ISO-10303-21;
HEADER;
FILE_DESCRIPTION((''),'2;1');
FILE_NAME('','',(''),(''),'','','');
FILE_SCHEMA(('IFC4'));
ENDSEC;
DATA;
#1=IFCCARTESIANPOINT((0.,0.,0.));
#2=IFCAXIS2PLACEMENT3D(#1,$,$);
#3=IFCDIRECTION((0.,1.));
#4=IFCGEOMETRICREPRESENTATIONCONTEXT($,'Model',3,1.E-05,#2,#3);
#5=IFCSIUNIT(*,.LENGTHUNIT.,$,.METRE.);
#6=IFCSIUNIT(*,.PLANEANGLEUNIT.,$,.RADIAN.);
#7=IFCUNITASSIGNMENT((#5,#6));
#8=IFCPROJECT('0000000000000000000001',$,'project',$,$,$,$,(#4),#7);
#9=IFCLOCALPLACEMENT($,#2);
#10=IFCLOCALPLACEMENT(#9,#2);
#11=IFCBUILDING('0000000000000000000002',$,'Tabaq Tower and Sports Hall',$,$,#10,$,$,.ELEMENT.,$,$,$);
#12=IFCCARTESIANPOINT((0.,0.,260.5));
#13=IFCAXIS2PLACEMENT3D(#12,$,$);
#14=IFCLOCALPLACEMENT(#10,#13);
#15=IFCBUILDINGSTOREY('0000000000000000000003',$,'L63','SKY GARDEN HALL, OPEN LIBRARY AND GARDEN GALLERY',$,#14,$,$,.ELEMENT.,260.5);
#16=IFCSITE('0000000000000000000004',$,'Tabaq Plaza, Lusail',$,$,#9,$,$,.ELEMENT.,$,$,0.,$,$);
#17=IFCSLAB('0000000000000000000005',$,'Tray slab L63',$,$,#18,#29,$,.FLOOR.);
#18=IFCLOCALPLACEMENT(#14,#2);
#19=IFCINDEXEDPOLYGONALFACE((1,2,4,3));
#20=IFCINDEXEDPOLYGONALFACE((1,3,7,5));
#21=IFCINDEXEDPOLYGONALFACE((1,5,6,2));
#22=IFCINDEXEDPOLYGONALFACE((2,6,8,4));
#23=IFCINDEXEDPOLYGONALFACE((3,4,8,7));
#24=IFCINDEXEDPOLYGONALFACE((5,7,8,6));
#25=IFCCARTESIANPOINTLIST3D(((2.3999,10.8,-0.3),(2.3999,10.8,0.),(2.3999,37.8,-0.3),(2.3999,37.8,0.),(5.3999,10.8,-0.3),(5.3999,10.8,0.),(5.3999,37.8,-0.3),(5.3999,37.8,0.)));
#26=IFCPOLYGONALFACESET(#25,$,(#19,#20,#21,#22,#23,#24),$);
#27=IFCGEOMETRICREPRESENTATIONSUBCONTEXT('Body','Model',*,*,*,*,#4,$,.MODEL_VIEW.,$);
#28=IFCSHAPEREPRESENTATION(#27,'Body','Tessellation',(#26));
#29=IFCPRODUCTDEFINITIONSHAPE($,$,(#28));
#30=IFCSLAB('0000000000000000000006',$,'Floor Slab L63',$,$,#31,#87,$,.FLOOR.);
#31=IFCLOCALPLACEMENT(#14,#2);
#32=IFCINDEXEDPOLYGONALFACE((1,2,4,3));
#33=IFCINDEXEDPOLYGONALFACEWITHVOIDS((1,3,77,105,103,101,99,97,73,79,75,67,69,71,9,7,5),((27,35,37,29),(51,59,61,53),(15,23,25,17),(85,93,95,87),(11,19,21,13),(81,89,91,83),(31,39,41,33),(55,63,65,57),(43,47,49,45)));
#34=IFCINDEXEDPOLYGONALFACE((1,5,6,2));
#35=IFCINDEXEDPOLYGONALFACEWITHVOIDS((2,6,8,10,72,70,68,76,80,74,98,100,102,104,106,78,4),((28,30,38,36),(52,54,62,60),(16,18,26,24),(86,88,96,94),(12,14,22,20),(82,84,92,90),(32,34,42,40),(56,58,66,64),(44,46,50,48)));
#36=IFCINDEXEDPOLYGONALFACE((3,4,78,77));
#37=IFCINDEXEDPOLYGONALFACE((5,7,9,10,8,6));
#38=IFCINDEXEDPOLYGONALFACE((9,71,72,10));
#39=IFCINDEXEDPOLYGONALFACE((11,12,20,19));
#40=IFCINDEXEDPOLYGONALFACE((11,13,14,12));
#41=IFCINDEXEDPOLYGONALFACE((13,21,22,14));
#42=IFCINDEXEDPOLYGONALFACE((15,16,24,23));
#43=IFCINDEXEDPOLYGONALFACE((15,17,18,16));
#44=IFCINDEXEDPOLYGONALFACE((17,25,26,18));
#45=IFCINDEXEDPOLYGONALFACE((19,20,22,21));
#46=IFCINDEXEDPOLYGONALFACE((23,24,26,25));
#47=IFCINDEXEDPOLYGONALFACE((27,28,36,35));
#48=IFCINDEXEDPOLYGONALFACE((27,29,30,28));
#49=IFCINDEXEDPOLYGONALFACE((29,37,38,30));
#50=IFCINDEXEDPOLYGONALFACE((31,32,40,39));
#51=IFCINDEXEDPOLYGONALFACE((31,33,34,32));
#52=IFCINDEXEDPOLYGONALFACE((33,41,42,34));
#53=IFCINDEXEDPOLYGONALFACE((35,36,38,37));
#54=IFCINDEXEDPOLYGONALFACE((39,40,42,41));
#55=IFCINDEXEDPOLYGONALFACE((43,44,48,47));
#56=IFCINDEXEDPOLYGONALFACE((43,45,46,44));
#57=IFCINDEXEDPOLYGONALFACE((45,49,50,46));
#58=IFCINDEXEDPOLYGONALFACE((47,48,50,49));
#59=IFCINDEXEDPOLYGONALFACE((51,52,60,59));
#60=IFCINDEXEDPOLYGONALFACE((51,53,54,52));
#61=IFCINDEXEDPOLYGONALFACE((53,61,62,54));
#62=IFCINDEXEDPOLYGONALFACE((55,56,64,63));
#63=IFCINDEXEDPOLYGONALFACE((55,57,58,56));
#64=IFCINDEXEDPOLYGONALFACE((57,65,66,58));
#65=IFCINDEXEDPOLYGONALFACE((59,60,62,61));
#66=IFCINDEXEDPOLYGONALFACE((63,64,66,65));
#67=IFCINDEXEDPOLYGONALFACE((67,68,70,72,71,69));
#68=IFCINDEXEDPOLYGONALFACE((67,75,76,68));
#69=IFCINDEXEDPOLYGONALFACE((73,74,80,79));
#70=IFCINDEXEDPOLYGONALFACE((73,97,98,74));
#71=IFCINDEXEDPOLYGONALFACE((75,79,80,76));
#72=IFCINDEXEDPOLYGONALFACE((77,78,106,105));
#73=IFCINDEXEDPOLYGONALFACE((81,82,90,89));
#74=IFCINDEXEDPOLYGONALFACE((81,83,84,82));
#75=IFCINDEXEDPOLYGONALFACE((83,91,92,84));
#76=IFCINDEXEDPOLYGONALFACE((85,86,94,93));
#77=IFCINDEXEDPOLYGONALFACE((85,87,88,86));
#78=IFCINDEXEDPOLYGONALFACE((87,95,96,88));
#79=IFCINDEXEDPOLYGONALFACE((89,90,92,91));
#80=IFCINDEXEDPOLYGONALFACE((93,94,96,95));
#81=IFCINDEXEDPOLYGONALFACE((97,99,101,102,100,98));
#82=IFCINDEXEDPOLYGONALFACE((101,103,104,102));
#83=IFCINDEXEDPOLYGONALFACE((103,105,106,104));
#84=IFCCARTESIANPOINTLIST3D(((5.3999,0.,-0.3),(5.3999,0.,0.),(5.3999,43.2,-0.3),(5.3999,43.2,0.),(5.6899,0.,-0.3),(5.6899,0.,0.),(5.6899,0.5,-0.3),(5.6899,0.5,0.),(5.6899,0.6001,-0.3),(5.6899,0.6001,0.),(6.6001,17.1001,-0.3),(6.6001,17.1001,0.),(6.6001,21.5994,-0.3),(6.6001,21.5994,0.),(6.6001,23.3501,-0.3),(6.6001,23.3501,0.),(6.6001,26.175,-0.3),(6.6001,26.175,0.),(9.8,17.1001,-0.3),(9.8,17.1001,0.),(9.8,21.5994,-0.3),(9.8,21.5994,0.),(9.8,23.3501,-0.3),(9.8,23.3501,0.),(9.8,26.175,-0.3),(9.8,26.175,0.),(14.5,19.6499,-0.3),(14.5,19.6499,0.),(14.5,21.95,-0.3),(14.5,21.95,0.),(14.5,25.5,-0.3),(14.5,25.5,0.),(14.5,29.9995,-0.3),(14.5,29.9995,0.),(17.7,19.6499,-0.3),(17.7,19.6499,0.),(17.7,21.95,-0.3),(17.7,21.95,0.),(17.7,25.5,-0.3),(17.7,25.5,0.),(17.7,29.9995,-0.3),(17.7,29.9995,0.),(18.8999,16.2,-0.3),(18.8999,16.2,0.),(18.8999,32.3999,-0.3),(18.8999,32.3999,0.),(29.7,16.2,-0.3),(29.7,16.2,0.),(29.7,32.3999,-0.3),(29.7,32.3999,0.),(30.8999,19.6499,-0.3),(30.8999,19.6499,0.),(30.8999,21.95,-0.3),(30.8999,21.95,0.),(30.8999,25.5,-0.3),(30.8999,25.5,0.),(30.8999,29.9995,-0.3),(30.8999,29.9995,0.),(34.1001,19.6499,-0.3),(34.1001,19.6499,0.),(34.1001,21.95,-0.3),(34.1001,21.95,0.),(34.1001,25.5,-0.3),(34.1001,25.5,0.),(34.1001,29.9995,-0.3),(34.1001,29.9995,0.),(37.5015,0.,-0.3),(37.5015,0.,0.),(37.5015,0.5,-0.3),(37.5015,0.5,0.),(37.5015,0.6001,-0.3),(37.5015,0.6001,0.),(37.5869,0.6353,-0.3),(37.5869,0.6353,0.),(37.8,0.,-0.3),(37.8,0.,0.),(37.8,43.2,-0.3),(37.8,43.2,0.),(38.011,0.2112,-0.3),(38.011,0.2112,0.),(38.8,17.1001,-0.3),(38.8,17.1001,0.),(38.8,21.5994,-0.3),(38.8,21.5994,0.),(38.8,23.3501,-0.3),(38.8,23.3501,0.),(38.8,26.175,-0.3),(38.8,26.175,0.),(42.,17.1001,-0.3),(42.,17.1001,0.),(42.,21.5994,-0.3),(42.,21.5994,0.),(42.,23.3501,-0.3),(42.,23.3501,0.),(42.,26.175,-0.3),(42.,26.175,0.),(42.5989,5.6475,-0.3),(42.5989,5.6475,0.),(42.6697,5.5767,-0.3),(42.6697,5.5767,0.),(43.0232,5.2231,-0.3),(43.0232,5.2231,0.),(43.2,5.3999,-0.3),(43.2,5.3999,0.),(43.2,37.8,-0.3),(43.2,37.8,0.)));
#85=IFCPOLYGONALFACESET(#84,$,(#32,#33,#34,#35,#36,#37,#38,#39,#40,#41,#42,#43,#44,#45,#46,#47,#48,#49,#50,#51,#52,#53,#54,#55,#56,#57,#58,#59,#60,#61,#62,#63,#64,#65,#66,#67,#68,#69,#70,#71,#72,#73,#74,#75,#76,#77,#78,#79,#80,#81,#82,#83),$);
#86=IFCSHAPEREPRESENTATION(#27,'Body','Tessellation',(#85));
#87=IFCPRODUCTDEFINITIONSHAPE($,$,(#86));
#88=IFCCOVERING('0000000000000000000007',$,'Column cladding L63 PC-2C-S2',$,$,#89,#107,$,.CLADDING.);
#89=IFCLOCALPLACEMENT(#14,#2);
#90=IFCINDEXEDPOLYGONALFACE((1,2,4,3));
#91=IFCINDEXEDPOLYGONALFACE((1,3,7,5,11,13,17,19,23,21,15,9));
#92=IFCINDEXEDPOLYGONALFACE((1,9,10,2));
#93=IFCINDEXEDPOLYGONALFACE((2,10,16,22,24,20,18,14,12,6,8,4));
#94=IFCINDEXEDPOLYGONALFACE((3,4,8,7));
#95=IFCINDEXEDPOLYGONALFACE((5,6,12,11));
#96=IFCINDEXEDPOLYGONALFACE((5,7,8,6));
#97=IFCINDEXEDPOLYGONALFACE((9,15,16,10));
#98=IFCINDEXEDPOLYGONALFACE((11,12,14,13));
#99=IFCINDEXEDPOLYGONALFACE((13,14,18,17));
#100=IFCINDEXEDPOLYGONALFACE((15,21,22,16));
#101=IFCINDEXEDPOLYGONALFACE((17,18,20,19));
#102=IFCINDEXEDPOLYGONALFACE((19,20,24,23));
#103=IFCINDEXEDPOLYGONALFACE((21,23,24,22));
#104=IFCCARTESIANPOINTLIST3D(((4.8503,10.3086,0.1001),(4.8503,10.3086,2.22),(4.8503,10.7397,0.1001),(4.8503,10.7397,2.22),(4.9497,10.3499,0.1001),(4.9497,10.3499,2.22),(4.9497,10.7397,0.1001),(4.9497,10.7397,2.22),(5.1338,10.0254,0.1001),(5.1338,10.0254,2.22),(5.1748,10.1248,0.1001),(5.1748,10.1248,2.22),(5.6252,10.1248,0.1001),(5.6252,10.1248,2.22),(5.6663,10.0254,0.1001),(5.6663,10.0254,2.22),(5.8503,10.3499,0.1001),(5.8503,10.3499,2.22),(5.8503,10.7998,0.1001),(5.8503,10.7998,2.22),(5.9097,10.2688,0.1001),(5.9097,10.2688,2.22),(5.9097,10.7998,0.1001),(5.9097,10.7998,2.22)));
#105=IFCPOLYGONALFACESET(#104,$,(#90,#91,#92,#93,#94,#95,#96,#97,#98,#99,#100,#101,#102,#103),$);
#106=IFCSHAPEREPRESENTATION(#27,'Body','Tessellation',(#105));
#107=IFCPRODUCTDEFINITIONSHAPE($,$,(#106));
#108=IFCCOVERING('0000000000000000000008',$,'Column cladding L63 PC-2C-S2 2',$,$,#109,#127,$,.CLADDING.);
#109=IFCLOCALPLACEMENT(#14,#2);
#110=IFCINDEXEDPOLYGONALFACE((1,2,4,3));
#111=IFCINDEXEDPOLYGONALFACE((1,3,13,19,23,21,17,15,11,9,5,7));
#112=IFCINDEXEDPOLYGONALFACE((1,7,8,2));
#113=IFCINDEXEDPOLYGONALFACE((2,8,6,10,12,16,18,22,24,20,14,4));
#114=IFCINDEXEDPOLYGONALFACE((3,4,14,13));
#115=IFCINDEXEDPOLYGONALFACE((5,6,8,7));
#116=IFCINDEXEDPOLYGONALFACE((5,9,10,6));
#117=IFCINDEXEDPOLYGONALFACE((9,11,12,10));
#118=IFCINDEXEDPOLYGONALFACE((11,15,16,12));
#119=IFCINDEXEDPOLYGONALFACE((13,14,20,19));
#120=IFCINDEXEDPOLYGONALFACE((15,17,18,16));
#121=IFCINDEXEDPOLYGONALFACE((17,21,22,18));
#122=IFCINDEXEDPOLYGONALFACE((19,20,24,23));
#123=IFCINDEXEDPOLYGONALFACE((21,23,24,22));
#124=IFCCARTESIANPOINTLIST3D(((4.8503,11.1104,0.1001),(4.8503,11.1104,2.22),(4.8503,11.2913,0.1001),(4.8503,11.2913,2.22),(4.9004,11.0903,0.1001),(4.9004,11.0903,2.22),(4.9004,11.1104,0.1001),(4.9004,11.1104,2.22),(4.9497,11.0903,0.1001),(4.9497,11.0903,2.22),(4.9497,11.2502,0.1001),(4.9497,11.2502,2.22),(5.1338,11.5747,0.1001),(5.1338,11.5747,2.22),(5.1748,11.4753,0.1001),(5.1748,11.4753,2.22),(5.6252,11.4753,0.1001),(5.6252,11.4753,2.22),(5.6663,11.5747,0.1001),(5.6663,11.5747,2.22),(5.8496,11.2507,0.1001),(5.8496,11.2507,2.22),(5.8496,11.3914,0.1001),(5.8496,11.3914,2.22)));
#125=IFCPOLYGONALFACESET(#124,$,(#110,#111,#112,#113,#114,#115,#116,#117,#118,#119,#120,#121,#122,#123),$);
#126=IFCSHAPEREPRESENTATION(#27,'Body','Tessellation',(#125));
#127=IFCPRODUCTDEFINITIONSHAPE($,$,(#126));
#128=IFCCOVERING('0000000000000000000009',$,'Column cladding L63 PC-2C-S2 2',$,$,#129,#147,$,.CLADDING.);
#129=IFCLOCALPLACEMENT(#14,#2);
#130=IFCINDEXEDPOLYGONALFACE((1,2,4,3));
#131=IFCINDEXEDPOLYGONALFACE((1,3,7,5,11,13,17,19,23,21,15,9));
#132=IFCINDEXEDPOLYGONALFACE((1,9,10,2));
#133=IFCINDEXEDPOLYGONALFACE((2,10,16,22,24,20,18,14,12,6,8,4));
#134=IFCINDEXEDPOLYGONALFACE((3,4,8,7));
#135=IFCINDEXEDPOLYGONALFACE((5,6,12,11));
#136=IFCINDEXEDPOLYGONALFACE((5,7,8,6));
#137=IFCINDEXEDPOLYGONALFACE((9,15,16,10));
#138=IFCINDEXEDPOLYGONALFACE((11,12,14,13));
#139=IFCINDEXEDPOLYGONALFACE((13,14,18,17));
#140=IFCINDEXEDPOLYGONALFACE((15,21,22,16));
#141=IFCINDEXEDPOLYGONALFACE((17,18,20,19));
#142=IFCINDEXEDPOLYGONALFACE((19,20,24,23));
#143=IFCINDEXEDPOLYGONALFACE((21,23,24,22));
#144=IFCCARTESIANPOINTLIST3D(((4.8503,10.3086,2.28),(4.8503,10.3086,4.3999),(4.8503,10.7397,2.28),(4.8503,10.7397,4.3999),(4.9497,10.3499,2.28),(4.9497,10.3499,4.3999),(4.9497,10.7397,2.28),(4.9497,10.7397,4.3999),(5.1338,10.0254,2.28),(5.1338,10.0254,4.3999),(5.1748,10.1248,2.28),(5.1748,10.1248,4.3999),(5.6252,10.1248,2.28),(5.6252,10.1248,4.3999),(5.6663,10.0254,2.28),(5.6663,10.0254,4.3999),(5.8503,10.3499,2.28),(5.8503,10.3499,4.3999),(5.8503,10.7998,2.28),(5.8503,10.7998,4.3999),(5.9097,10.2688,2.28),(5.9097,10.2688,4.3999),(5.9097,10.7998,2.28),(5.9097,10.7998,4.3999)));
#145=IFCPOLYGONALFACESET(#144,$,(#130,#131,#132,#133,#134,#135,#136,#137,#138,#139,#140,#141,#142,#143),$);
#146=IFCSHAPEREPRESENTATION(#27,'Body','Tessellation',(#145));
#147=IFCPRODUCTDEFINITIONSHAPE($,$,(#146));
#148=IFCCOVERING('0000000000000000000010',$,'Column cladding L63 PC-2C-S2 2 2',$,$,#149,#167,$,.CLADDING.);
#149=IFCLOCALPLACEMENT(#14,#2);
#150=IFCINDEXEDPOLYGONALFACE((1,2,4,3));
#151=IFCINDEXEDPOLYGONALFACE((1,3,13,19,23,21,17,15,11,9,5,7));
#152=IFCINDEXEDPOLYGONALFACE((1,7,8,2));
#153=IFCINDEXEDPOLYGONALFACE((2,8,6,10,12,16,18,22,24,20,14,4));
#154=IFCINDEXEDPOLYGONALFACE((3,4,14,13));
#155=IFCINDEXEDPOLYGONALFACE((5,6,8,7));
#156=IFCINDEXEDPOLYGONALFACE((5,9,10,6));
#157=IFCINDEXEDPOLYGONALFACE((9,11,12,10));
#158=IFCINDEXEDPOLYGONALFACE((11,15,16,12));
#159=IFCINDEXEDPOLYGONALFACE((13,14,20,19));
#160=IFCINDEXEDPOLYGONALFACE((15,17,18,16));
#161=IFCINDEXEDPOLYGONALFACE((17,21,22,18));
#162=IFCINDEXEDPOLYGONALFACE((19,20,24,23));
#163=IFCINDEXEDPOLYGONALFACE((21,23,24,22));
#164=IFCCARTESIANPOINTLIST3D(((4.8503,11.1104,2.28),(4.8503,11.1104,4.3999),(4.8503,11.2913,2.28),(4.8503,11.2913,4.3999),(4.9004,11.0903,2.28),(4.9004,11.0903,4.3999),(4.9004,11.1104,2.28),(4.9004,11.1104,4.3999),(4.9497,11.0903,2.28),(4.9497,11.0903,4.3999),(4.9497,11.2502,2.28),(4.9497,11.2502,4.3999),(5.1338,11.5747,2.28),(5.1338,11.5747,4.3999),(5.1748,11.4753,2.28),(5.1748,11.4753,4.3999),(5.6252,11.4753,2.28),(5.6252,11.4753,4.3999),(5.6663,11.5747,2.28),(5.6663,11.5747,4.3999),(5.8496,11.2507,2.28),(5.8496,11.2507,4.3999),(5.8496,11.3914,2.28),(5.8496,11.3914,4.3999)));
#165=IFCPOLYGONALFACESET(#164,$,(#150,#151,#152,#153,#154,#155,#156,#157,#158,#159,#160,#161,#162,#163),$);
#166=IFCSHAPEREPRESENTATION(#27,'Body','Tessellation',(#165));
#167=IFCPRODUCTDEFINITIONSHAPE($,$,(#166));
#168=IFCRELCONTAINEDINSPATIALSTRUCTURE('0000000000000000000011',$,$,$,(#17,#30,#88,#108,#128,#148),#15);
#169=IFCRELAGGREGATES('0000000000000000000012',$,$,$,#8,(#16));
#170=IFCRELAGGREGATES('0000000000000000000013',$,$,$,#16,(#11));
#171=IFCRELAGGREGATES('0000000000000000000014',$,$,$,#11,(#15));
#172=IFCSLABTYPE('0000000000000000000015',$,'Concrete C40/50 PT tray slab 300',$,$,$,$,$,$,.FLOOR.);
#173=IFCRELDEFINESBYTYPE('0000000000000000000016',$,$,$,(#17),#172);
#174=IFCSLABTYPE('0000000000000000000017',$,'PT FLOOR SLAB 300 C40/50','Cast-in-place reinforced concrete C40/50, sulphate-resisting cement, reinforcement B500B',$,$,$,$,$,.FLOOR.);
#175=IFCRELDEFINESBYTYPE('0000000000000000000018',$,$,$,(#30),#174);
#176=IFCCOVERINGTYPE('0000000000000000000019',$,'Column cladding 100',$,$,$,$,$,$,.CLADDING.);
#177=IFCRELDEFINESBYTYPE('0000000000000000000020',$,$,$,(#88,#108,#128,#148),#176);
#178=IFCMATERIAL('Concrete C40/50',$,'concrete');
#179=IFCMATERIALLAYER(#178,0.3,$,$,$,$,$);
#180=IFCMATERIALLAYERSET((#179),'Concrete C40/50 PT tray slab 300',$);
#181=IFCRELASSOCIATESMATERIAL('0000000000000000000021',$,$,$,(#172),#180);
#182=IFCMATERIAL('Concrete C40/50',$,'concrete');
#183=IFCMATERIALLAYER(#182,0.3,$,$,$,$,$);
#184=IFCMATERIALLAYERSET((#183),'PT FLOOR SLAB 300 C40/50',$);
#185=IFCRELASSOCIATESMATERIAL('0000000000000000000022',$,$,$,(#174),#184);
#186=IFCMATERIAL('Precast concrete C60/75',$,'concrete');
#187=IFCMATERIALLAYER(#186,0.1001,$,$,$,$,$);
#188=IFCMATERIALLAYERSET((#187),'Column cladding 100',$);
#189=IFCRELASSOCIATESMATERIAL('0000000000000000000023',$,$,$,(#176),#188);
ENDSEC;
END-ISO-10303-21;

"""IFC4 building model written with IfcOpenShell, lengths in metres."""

from ifc_helpers import new_model, si_unit, direction, frame, origin, place, context, subcontext, project, spatial, polyline, outline, extrude, material, layer, layer_set, type_object, element, save


model = new_model("IFC4")

# Units and contexts
model_context = context("Model", 3, precision=1e-05, world=origin(), true_north=direction((0.0, 1.0)))
body_context = subcontext(model_context, "Body", "Model", "MODEL_VIEW")
ifc_project = project(units=[si_unit("LENGTHUNIT", "METRE"), si_unit("PLANEANGLEUNIT", "RADIAN")], contexts=[model_context])

# Site, building, storey
site_placement = place(None, origin())
site = spatial("IfcSite", under=ifc_project, at=site_placement, Name="Tabaq Plaza, Lusail", CompositionType="ELEMENT", RefElevation=0.0)
building_placement = place(site_placement, origin())
building = spatial("IfcBuilding", under=site, at=building_placement, Name="Tabaq Tower and Sports Hall", CompositionType="ELEMENT")
storey_placement = place(building_placement, frame((0.0, 0.0, 260.5)))
storey = spatial("IfcBuildingStorey", under=building, at=storey_placement, Name="L63", Description="SKY GARDEN HALL, OPEN LIBRARY AND GARDEN GALLERY", CompositionType="ELEMENT", Elevation=260.5)

# Slabs
ifc_material_1 = material(Name="Concrete C40/50", Category="concrete")
ifc_layer_1 = layer(ifc_material_1, 0.3)
ifc_layer_set_1 = layer_set([ifc_layer_1], Name="Concrete C40/50 PT tray slab 300")
slab_type_1 = type_object("IfcSlabType", Name="Concrete C40/50 PT tray slab 300", PredefinedType="FLOOR", material=ifc_layer_set_1)
slab_1_placement = place(storey_placement, frame((0.0, 0.0, -0.3)))
element("IfcSlab", 1, at=slab_1_placement, inside=storey, type_object=slab_type_1, Name="Tray slab L63", PredefinedType="FLOOR", context=body_context, shape_type="SweptSolid", body=[
    extrude(outline(polyline([(5.3999, 37.8), (5.3999, 10.8), (2.3999, 10.8), (2.3999, 37.8), (5.3999, 37.8)])), origin(), (0.0, 0.0, 1.0), 0.3),
])
ifc_material_2 = material(Name="Concrete C40/50", Category="concrete")
ifc_layer_2 = layer(ifc_material_2, 0.3)
ifc_layer_set_2 = layer_set([ifc_layer_2], Name="PT FLOOR SLAB 300 C40/50")
slab_type_2 = type_object("IfcSlabType", Name="PT FLOOR SLAB 300 C40/50", Description="Cast-in-place reinforced concrete C40/50, sulphate-resisting cement, reinforcement B500B", PredefinedType="FLOOR", material=ifc_layer_set_2)
slab_2_placement = place(storey_placement, frame((0.0, 0.0, -0.3)))
element("IfcSlab", 2, at=slab_2_placement, inside=storey, type_object=slab_type_2, Name="Floor Slab L63", PredefinedType="FLOOR", context=body_context, shape_type="SweptSolid", body=[
    extrude(outline(polyline([(43.2, 5.3999), (43.2, 37.8), (37.8, 43.2), (5.3999, 43.2), (5.3999, 0.0), (5.6899, 0.0), (5.6899, 0.5), (5.6899, 0.6001), (37.5015, 0.6001), (37.5015, 0.5), (37.5015, 0.0), (37.8, 0.0), (38.011, 0.2112), (37.5869, 0.6353), (42.5989, 5.6475), (42.6697, 5.5767), (43.0232, 5.2231), (43.2, 5.3999)]), holes=[polyline([(6.6001, 21.5994), (9.8, 21.5994), (9.8, 17.1001), (6.6001, 17.1001), (6.6001, 21.5994)]), polyline([(38.8, 21.5994), (42.0, 21.5994), (42.0, 17.1001), (38.8, 17.1001), (38.8, 21.5994)]), polyline([(14.5, 21.95), (17.7, 21.95), (17.7, 19.6499), (14.5, 19.6499), (14.5, 21.95)]), polyline([(30.8999, 21.95), (34.1001, 21.95), (34.1001, 19.6499), (30.8999, 19.6499), (30.8999, 21.95)]), polyline([(18.8999, 16.2), (18.8999, 32.3999), (29.7, 32.3999), (29.7, 16.2), (18.8999, 16.2)]), polyline([(6.6001, 26.175), (9.8, 26.175), (9.8, 23.3501), (6.6001, 23.3501), (6.6001, 26.175)]), polyline([(38.8, 26.175), (42.0, 26.175), (42.0, 23.3501), (38.8, 23.3501), (38.8, 26.175)]), polyline([(17.7, 29.9995), (17.7, 25.5), (14.5, 25.5), (14.5, 29.9995), (17.7, 29.9995)]), polyline([(34.1001, 29.9995), (34.1001, 25.5), (30.8999, 25.5), (30.8999, 29.9995), (34.1001, 29.9995)])]), origin(), (0.0, 0.0, 1.0), 0.3),
])

# Coverings
ifc_material_3 = material(Name="Precast concrete C60/75", Category="concrete")
ifc_layer_3 = layer(ifc_material_3, 0.1001)
ifc_layer_set_3 = layer_set([ifc_layer_3], Name="Column cladding 100")
covering_type = type_object("IfcCoveringType", Name="Column cladding 100", PredefinedType="CLADDING", material=ifc_layer_set_3)
covering_1_placement = place(storey_placement, frame((0.0, 0.0, 0.1001)))
element("IfcCovering", 3, at=covering_1_placement, inside=storey, type_object=covering_type, Name="Column cladding L63 PC-2C-S2", PredefinedType="CLADDING", context=body_context, shape_type="SweptSolid", body=[
    extrude(outline(polyline([(5.1338, 10.0254), (4.8503, 10.3086), (4.8503, 10.7397), (4.9497, 10.7397), (4.9497, 10.3499), (5.1748, 10.1248), (5.6252, 10.1248), (5.8503, 10.3499), (5.8503, 10.7998), (5.9097, 10.7998), (5.9097, 10.2688), (5.6663, 10.0254), (5.1338, 10.0254)])), origin(), (0.0, 0.0, 1.0), 2.1199),
])
covering_2_placement = place(storey_placement, frame((0.0, 0.0, 0.1001)))
element("IfcCovering", 4, at=covering_2_placement, inside=storey, type_object=covering_type, Name="Column cladding L63 PC-2C-S2 2", PredefinedType="CLADDING", context=body_context, shape_type="SweptSolid", body=[
    extrude(outline(polyline([(4.8503, 11.2913), (5.1338, 11.5747), (5.6663, 11.5747), (5.8496, 11.3914), (5.8496, 11.2507), (5.6252, 11.4753), (5.1748, 11.4753), (4.9497, 11.2502), (4.9497, 11.0903), (4.9004, 11.0903), (4.9004, 11.1104), (4.8503, 11.1104), (4.8503, 11.2913)])), origin(), (0.0, 0.0, 1.0), 2.1199),
])
covering_3_placement = place(storey_placement, frame((0.0, 0.0, 2.28)))
element("IfcCovering", 5, at=covering_3_placement, inside=storey, type_object=covering_type, Name="Column cladding L63 PC-2C-S2 2", PredefinedType="CLADDING", context=body_context, shape_type="SweptSolid", body=[
    extrude(outline(polyline([(5.1338, 10.0254), (4.8503, 10.3086), (4.8503, 10.7397), (4.9497, 10.7397), (4.9497, 10.3499), (5.1748, 10.1248), (5.6252, 10.1248), (5.8503, 10.3499), (5.8503, 10.7998), (5.9097, 10.7998), (5.9097, 10.2688), (5.6663, 10.0254), (5.1338, 10.0254)])), origin(), (0.0, 0.0, 1.0), 2.1199),
])
covering_4_placement = place(storey_placement, frame((0.0, 0.0, 2.28)))
element("IfcCovering", 6, at=covering_4_placement, inside=storey, type_object=covering_type, Name="Column cladding L63 PC-2C-S2 2 2", PredefinedType="CLADDING", context=body_context, shape_type="SweptSolid", body=[
    extrude(outline(polyline([(4.8503, 11.2913), (5.1338, 11.5747), (5.6663, 11.5747), (5.8496, 11.3914), (5.8496, 11.2507), (5.6252, 11.4753), (5.1748, 11.4753), (4.9497, 11.2502), (4.9497, 11.0903), (4.9004, 11.0903), (4.9004, 11.1104), (4.8503, 11.1104), (4.8503, 11.2913)])), origin(), (0.0, 0.0, 1.0), 2.1199),
])

save(model, "model.ifc")
